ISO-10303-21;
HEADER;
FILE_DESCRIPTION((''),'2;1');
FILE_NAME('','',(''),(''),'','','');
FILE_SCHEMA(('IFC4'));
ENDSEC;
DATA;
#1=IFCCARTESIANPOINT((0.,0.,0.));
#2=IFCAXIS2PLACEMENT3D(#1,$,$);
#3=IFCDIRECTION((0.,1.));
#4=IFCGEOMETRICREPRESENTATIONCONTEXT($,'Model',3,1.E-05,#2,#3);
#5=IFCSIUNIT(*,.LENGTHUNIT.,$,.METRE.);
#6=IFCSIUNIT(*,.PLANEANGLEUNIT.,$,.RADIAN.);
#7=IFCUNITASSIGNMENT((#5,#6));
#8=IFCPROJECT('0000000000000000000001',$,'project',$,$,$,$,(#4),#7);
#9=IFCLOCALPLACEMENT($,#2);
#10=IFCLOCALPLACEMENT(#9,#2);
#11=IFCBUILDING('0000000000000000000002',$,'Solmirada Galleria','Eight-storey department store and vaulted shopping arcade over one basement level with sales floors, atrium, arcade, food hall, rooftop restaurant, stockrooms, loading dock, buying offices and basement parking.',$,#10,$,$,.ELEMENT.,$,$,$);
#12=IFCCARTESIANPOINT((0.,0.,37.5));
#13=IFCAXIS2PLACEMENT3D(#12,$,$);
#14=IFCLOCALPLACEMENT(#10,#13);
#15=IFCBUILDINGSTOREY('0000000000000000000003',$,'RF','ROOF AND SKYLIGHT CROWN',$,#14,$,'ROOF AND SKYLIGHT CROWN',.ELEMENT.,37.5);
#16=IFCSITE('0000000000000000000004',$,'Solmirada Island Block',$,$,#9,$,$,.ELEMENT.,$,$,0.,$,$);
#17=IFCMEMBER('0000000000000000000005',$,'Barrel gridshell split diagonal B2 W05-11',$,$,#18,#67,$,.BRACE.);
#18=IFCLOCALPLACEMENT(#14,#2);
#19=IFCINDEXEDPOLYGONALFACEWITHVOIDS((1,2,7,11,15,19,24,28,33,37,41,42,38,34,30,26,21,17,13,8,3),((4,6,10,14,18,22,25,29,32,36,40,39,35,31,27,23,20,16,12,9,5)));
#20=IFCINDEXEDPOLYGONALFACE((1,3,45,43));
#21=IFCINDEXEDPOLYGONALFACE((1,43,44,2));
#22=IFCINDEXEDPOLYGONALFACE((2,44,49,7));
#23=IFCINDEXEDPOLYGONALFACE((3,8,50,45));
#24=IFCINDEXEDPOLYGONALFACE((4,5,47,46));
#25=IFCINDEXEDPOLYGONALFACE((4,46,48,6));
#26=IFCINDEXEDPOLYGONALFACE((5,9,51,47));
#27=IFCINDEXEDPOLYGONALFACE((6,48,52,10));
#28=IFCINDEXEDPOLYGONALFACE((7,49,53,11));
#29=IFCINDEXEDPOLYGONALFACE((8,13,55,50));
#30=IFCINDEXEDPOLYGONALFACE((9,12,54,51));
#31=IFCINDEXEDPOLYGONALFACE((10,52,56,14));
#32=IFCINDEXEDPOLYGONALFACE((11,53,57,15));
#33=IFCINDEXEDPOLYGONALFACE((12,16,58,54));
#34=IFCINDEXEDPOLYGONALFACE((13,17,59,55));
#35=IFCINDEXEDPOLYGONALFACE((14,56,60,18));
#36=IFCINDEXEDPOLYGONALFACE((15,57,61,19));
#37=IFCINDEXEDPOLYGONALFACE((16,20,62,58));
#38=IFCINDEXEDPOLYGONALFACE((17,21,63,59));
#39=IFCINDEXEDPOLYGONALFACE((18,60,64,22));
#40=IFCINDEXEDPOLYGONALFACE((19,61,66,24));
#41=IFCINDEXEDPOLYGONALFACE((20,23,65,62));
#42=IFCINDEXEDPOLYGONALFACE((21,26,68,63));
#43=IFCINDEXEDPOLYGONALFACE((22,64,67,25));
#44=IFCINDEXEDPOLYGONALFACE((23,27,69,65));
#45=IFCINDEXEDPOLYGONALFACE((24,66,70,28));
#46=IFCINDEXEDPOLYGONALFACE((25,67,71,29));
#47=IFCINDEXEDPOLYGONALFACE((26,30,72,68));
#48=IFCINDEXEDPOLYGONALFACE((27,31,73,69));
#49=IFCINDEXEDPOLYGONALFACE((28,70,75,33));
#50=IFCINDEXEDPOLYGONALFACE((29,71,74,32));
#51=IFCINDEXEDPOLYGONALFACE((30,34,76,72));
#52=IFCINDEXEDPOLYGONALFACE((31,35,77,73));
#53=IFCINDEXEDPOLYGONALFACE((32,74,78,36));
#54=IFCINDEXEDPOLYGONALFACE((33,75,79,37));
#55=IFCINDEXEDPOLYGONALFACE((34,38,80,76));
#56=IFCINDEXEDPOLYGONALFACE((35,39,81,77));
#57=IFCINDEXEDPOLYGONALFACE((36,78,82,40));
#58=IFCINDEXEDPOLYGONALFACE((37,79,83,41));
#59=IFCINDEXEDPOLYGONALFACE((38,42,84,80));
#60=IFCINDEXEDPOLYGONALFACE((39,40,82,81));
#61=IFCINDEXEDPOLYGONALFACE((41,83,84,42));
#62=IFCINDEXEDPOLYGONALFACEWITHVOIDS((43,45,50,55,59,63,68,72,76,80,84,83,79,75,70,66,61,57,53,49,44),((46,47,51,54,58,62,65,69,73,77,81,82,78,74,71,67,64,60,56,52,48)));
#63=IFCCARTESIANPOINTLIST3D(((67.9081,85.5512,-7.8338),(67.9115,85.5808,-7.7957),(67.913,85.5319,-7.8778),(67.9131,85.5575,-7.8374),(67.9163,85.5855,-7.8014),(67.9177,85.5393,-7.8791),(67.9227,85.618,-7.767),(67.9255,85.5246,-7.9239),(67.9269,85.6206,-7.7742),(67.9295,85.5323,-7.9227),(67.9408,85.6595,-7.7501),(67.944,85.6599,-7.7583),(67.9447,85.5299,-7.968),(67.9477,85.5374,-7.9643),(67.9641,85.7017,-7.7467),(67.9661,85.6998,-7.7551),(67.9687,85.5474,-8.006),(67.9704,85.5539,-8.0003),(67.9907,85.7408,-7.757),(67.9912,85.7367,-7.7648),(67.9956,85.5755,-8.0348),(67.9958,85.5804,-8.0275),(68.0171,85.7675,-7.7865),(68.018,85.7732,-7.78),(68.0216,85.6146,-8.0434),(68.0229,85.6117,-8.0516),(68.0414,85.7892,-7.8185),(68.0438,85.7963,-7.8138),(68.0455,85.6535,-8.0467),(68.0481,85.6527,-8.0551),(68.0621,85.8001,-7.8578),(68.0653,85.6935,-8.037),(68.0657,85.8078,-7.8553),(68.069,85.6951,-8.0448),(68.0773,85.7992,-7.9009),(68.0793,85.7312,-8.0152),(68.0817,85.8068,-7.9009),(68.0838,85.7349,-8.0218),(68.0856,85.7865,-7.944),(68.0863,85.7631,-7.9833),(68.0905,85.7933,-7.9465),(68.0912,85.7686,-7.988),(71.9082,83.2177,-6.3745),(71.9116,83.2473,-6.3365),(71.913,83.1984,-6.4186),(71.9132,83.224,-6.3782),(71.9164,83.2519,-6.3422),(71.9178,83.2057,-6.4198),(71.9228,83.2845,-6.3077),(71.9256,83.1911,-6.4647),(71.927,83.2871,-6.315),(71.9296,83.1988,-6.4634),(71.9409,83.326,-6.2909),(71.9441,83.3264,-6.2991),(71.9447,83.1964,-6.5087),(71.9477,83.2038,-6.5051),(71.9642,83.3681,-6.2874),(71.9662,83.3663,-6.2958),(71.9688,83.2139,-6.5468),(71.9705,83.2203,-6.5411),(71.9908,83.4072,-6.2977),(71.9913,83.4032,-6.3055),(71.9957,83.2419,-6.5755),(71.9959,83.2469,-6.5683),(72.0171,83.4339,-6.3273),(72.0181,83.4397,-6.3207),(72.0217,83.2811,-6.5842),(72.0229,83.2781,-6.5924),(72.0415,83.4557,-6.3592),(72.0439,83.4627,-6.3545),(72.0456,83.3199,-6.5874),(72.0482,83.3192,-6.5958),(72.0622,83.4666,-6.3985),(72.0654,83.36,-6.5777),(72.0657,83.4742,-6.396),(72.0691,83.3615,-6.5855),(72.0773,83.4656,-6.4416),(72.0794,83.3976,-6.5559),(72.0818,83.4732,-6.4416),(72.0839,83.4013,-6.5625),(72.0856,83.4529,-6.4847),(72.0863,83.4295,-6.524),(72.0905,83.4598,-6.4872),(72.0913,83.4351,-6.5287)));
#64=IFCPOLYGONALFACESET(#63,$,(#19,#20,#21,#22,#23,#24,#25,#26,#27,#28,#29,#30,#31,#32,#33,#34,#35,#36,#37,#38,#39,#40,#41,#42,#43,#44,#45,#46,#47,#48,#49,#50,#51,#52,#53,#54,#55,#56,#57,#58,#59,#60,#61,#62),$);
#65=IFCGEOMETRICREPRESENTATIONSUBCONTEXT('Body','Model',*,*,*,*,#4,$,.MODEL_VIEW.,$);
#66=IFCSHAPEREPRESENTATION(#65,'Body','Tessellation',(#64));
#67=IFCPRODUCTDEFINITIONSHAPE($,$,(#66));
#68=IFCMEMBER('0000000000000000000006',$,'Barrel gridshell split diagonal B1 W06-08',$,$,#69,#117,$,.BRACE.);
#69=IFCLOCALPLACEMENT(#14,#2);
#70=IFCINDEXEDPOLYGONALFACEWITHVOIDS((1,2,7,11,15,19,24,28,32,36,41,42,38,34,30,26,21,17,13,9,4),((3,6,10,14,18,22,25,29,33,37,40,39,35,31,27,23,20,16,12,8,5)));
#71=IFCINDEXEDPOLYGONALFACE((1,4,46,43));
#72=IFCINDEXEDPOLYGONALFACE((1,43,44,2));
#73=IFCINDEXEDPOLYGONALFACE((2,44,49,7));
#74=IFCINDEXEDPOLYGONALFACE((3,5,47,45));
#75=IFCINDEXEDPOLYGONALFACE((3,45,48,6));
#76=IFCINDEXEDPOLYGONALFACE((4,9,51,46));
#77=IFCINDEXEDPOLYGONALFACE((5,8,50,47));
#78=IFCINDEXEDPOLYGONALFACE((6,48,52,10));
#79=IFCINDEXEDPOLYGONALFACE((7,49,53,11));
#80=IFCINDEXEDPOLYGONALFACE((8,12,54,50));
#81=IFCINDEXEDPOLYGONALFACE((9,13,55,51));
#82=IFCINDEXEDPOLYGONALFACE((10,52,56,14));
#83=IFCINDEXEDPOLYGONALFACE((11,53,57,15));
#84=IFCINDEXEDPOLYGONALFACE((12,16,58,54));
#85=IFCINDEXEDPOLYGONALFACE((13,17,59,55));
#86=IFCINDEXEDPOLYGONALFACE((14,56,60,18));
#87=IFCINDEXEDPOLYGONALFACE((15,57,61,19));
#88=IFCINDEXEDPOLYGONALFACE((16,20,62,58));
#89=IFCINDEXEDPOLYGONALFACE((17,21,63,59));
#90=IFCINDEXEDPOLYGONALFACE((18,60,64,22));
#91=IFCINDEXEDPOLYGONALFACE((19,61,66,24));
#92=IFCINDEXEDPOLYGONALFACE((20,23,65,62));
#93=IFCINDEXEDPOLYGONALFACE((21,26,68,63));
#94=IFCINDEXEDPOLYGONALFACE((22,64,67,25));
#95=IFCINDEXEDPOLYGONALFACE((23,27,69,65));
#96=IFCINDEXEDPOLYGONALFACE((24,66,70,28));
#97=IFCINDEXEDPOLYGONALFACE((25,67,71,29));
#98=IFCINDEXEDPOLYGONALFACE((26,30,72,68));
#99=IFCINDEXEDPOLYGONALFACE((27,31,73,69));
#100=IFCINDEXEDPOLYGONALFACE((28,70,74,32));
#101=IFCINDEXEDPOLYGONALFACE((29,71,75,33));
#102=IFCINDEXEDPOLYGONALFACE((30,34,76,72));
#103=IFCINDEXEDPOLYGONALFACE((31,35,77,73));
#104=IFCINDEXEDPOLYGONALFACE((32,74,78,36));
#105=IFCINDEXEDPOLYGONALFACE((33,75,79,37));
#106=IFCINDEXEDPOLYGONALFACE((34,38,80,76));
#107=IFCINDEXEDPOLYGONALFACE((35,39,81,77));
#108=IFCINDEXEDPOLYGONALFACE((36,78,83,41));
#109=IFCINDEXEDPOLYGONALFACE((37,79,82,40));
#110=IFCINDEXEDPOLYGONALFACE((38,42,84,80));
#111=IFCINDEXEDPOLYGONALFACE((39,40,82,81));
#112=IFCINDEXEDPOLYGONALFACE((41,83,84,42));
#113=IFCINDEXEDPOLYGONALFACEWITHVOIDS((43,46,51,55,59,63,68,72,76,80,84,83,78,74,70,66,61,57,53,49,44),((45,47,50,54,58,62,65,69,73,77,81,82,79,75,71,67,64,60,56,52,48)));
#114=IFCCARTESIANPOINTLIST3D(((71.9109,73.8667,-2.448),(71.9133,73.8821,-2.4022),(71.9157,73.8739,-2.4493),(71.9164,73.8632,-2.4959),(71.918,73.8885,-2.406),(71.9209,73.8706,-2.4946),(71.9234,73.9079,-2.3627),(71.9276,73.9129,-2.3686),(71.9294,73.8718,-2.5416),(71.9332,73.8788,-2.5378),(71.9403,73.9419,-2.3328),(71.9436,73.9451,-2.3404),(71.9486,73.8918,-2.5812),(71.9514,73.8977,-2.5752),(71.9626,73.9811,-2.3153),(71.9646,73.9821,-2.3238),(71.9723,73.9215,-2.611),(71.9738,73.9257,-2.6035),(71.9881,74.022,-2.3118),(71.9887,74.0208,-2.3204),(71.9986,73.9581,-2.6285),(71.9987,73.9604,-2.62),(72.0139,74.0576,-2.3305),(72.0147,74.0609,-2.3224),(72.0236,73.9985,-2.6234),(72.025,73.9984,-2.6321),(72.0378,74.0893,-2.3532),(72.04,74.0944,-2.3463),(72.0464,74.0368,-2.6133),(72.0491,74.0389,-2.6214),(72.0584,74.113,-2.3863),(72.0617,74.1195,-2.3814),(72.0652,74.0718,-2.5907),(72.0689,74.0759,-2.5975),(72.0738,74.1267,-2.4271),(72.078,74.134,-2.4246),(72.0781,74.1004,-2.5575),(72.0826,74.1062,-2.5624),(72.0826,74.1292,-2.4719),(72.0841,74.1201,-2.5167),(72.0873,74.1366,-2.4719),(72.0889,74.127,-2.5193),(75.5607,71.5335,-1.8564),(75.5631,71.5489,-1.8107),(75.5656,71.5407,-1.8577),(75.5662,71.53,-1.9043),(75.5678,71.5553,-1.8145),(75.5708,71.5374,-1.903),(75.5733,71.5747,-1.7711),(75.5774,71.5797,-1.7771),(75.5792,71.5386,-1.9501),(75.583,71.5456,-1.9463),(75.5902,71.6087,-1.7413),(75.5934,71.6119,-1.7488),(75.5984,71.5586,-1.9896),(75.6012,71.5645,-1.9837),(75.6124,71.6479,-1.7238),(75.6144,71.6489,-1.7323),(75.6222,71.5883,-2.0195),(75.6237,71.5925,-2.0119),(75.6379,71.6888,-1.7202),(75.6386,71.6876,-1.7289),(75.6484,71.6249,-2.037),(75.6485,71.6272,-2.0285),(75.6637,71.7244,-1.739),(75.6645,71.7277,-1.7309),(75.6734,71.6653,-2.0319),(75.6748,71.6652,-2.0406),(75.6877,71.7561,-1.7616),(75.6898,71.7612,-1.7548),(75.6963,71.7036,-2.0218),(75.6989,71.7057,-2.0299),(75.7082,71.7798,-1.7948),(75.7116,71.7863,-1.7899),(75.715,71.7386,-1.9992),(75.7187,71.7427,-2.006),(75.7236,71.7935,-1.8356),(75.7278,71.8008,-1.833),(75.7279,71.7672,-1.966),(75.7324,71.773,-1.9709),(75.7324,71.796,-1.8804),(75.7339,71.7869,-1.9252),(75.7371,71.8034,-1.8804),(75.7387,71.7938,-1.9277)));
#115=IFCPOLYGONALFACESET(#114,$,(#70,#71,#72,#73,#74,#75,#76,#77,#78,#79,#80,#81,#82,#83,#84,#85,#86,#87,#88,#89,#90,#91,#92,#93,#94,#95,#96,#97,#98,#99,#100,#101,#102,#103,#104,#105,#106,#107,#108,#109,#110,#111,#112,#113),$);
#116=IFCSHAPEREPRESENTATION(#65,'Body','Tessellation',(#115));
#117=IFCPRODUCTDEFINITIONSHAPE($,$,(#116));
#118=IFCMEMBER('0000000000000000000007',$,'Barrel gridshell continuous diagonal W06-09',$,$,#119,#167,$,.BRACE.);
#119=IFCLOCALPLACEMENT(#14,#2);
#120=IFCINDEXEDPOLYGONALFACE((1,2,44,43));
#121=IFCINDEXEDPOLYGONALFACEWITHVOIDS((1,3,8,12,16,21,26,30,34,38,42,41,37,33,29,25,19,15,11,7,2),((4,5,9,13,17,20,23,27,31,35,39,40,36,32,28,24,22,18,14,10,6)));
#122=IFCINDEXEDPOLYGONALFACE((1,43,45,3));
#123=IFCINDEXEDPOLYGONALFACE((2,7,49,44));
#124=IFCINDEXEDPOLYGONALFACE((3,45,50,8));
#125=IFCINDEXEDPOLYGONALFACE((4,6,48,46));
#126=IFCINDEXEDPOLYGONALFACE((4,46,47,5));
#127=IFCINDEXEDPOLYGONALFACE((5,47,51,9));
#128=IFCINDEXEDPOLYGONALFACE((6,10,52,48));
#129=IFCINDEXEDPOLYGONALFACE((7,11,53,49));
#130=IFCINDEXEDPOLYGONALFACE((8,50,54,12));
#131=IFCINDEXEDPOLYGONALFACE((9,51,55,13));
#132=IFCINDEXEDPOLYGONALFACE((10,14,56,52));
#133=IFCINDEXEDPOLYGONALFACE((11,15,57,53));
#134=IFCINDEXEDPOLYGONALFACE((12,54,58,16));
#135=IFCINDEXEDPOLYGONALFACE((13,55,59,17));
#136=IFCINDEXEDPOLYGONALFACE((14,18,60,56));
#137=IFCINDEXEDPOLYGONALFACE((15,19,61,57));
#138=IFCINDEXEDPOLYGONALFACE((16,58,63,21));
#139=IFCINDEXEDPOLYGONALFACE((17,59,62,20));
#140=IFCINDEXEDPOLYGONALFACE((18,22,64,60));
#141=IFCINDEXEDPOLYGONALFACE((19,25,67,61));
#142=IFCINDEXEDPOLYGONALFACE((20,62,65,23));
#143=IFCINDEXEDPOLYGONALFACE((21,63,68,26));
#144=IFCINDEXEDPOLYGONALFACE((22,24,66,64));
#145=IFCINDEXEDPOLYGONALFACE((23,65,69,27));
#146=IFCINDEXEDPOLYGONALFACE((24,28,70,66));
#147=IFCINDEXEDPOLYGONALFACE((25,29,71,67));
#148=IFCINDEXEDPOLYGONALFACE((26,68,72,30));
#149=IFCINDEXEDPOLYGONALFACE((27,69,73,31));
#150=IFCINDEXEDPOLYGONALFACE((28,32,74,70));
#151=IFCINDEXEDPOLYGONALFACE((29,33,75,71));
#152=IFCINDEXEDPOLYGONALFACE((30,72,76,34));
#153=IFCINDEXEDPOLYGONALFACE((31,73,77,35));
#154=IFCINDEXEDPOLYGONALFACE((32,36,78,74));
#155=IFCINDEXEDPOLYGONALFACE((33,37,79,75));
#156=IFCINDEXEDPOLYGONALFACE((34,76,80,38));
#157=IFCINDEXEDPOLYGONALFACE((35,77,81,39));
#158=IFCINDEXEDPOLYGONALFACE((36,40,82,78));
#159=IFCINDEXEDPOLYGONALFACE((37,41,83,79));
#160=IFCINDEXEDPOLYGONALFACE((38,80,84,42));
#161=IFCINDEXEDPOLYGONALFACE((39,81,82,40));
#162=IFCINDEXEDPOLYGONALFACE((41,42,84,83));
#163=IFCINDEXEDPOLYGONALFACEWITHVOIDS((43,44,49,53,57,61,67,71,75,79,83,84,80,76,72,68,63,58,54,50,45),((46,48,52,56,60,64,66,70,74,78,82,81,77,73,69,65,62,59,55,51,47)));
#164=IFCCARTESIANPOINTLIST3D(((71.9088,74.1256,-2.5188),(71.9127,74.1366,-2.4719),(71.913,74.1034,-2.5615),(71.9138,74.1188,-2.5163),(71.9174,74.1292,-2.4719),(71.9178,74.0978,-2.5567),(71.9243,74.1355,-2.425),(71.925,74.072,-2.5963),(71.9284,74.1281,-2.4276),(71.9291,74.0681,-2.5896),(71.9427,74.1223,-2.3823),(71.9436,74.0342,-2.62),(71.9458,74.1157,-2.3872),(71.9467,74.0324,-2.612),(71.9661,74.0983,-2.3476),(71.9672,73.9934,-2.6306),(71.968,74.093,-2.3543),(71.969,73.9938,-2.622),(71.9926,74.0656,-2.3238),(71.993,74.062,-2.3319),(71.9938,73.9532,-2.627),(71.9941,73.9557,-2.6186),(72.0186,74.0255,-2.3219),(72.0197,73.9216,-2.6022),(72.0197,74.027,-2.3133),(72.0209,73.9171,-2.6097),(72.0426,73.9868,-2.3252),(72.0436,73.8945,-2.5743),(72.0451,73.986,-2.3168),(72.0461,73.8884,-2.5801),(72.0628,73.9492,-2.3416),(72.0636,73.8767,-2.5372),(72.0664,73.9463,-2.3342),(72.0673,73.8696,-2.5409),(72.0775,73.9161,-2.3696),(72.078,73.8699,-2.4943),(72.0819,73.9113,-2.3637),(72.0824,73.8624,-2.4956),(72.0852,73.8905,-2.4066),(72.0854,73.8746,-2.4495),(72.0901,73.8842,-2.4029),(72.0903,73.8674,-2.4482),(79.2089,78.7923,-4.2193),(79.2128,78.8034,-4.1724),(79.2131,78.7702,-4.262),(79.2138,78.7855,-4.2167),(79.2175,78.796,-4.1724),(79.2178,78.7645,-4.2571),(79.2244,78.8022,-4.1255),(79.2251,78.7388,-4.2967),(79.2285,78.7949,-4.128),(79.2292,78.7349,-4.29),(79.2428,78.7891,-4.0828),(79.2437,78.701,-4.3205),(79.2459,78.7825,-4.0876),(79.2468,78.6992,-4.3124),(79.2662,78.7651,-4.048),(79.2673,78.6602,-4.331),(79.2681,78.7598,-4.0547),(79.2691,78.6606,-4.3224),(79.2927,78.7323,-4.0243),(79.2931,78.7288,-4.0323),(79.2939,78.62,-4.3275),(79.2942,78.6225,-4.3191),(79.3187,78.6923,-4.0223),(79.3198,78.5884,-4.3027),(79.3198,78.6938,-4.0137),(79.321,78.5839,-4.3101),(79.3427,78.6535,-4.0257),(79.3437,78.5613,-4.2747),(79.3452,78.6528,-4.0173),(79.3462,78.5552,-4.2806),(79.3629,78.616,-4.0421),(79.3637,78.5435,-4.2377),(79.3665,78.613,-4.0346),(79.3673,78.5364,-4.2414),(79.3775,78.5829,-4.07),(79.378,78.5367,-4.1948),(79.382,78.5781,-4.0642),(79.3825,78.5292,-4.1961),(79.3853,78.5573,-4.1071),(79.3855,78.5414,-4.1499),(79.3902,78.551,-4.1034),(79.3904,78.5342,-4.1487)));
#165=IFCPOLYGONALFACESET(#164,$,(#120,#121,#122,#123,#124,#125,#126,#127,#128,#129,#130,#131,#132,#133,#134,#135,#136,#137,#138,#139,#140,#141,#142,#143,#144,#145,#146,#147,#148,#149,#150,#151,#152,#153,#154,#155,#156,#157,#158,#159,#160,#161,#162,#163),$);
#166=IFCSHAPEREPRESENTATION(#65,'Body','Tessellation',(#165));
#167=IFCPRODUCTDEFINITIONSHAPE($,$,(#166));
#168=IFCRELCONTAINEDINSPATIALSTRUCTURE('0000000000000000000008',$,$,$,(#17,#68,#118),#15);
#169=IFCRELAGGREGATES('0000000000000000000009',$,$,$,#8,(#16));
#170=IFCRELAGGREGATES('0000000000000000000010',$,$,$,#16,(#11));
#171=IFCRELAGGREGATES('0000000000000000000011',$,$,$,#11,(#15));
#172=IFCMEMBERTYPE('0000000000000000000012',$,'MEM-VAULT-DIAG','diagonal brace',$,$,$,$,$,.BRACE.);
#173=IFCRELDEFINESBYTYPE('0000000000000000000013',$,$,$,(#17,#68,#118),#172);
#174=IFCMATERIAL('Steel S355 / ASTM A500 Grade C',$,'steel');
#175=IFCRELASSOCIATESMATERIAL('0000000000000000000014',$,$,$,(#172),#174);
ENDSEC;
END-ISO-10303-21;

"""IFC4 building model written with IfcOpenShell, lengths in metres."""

from ifc_helpers import new_model, si_unit, direction, frame, origin, origin_2d, place, context, subcontext, project, spatial, hollow_circle, extrude, material, material_profile, profile_set, type_object, element, save


model = new_model("IFC4")

# Units and contexts
model_context = context("Model", 3, precision=1e-05, world=origin(), true_north=direction((0.0, 1.0)))
body_context = subcontext(model_context, "Body", "Model", "MODEL_VIEW")
ifc_project = project(units=[si_unit("LENGTHUNIT", "METRE"), si_unit("PLANEANGLEUNIT", "RADIAN")], contexts=[model_context])

# Site, building, storey
site_placement = place(None, origin())
site = spatial("IfcSite", under=ifc_project, at=site_placement, Name="Solmirada Island Block", CompositionType="ELEMENT", RefElevation=0.0)
building_placement = place(site_placement, origin())
building = spatial("IfcBuilding", under=site, at=building_placement, Name="Solmirada Galleria", Description="Eight-storey department store and vaulted shopping arcade over one basement level with sales floors, atrium, arcade, food hall, rooftop restaurant, stockrooms, loading dock, buying offices and basement parking.", CompositionType="ELEMENT")
storey_placement = place(building_placement, frame((0.0, 0.0, 37.5)))
storey = spatial("IfcBuildingStorey", under=building, at=storey_placement, Name="RF", Description="ROOF AND SKYLIGHT CROWN", LongName="ROOF AND SKYLIGHT CROWN", CompositionType="ELEMENT", Elevation=37.5)

# Members
ifc_material_1 = material(Name="Steel S355 / ASTM A500 Grade C", Category="steel")
ifc_material_profile_1 = material_profile(ifc_material_1, hollow_circle(Radius=0.1621, WallThickness=0.0088, at=origin_2d()), Name="HSS12.750X0.375")
ifc_profile_set_1 = profile_set([ifc_material_profile_1], Name="Steel S355 / ASTM A500 Grade C")
member_type_1 = type_object("IfcMemberType", Name="MEM-VAULT-DIAG", Description="diagonal brace", PredefinedType="BRACE", material=ifc_profile_set_1)
member_1_placement = place(storey_placement, frame((68.0, 85.6667, -7.9009), z_axis=(0.823831, -0.480602, 0.30054), x_axis=(0.503897, 0.863764, 0.0)))
element("IfcMember", 1, at=member_1_placement, inside=storey, type_object=member_type_1, Name="Barrel gridshell split diagonal B2 W05-11", PredefinedType="BRACE", context=body_context, shape_type="SweptSolid", body=[
    extrude(hollow_circle(Radius=0.1621, WallThickness=0.0088, at=origin_2d()), origin(), (0.0, 0.0, 1.0), 4.8555),
])
member_2_placement = place(storey_placement, frame((72.0, 74.0, -2.4719), z_axis=(0.834805, -0.533661, 0.1353), x_axis=(0.538614, 0.842553, 0.0)))
element("IfcMember", 2, at=member_2_placement, inside=storey, type_object=member_type_1, Name="Barrel gridshell split diagonal B1 W06-08", PredefinedType="BRACE", context=body_context, shape_type="SweptSolid", body=[
    extrude(hollow_circle(Radius=0.1621, WallThickness=0.0088, at=origin_2d()), origin(), (0.0, 0.0, 1.0), 4.3721),
])
member_3_placement = place(storey_placement, frame((72.0, 74.0, -2.4719), z_axis=(0.826776, 0.528538, -0.192585), x_axis=(-0.538621, 0.842548, 0.0)))
element("IfcMember", 3, at=member_3_placement, inside=storey, type_object=member_type_1, Name="Barrel gridshell continuous diagonal W06-09", PredefinedType="BRACE", context=body_context, shape_type="SweptSolid", body=[
    extrude(hollow_circle(Radius=0.1621, WallThickness=0.0088, at=origin_2d()), origin(), (0.0, 0.0, 1.0), 8.8296),
])

save(model, "model.ifc")
